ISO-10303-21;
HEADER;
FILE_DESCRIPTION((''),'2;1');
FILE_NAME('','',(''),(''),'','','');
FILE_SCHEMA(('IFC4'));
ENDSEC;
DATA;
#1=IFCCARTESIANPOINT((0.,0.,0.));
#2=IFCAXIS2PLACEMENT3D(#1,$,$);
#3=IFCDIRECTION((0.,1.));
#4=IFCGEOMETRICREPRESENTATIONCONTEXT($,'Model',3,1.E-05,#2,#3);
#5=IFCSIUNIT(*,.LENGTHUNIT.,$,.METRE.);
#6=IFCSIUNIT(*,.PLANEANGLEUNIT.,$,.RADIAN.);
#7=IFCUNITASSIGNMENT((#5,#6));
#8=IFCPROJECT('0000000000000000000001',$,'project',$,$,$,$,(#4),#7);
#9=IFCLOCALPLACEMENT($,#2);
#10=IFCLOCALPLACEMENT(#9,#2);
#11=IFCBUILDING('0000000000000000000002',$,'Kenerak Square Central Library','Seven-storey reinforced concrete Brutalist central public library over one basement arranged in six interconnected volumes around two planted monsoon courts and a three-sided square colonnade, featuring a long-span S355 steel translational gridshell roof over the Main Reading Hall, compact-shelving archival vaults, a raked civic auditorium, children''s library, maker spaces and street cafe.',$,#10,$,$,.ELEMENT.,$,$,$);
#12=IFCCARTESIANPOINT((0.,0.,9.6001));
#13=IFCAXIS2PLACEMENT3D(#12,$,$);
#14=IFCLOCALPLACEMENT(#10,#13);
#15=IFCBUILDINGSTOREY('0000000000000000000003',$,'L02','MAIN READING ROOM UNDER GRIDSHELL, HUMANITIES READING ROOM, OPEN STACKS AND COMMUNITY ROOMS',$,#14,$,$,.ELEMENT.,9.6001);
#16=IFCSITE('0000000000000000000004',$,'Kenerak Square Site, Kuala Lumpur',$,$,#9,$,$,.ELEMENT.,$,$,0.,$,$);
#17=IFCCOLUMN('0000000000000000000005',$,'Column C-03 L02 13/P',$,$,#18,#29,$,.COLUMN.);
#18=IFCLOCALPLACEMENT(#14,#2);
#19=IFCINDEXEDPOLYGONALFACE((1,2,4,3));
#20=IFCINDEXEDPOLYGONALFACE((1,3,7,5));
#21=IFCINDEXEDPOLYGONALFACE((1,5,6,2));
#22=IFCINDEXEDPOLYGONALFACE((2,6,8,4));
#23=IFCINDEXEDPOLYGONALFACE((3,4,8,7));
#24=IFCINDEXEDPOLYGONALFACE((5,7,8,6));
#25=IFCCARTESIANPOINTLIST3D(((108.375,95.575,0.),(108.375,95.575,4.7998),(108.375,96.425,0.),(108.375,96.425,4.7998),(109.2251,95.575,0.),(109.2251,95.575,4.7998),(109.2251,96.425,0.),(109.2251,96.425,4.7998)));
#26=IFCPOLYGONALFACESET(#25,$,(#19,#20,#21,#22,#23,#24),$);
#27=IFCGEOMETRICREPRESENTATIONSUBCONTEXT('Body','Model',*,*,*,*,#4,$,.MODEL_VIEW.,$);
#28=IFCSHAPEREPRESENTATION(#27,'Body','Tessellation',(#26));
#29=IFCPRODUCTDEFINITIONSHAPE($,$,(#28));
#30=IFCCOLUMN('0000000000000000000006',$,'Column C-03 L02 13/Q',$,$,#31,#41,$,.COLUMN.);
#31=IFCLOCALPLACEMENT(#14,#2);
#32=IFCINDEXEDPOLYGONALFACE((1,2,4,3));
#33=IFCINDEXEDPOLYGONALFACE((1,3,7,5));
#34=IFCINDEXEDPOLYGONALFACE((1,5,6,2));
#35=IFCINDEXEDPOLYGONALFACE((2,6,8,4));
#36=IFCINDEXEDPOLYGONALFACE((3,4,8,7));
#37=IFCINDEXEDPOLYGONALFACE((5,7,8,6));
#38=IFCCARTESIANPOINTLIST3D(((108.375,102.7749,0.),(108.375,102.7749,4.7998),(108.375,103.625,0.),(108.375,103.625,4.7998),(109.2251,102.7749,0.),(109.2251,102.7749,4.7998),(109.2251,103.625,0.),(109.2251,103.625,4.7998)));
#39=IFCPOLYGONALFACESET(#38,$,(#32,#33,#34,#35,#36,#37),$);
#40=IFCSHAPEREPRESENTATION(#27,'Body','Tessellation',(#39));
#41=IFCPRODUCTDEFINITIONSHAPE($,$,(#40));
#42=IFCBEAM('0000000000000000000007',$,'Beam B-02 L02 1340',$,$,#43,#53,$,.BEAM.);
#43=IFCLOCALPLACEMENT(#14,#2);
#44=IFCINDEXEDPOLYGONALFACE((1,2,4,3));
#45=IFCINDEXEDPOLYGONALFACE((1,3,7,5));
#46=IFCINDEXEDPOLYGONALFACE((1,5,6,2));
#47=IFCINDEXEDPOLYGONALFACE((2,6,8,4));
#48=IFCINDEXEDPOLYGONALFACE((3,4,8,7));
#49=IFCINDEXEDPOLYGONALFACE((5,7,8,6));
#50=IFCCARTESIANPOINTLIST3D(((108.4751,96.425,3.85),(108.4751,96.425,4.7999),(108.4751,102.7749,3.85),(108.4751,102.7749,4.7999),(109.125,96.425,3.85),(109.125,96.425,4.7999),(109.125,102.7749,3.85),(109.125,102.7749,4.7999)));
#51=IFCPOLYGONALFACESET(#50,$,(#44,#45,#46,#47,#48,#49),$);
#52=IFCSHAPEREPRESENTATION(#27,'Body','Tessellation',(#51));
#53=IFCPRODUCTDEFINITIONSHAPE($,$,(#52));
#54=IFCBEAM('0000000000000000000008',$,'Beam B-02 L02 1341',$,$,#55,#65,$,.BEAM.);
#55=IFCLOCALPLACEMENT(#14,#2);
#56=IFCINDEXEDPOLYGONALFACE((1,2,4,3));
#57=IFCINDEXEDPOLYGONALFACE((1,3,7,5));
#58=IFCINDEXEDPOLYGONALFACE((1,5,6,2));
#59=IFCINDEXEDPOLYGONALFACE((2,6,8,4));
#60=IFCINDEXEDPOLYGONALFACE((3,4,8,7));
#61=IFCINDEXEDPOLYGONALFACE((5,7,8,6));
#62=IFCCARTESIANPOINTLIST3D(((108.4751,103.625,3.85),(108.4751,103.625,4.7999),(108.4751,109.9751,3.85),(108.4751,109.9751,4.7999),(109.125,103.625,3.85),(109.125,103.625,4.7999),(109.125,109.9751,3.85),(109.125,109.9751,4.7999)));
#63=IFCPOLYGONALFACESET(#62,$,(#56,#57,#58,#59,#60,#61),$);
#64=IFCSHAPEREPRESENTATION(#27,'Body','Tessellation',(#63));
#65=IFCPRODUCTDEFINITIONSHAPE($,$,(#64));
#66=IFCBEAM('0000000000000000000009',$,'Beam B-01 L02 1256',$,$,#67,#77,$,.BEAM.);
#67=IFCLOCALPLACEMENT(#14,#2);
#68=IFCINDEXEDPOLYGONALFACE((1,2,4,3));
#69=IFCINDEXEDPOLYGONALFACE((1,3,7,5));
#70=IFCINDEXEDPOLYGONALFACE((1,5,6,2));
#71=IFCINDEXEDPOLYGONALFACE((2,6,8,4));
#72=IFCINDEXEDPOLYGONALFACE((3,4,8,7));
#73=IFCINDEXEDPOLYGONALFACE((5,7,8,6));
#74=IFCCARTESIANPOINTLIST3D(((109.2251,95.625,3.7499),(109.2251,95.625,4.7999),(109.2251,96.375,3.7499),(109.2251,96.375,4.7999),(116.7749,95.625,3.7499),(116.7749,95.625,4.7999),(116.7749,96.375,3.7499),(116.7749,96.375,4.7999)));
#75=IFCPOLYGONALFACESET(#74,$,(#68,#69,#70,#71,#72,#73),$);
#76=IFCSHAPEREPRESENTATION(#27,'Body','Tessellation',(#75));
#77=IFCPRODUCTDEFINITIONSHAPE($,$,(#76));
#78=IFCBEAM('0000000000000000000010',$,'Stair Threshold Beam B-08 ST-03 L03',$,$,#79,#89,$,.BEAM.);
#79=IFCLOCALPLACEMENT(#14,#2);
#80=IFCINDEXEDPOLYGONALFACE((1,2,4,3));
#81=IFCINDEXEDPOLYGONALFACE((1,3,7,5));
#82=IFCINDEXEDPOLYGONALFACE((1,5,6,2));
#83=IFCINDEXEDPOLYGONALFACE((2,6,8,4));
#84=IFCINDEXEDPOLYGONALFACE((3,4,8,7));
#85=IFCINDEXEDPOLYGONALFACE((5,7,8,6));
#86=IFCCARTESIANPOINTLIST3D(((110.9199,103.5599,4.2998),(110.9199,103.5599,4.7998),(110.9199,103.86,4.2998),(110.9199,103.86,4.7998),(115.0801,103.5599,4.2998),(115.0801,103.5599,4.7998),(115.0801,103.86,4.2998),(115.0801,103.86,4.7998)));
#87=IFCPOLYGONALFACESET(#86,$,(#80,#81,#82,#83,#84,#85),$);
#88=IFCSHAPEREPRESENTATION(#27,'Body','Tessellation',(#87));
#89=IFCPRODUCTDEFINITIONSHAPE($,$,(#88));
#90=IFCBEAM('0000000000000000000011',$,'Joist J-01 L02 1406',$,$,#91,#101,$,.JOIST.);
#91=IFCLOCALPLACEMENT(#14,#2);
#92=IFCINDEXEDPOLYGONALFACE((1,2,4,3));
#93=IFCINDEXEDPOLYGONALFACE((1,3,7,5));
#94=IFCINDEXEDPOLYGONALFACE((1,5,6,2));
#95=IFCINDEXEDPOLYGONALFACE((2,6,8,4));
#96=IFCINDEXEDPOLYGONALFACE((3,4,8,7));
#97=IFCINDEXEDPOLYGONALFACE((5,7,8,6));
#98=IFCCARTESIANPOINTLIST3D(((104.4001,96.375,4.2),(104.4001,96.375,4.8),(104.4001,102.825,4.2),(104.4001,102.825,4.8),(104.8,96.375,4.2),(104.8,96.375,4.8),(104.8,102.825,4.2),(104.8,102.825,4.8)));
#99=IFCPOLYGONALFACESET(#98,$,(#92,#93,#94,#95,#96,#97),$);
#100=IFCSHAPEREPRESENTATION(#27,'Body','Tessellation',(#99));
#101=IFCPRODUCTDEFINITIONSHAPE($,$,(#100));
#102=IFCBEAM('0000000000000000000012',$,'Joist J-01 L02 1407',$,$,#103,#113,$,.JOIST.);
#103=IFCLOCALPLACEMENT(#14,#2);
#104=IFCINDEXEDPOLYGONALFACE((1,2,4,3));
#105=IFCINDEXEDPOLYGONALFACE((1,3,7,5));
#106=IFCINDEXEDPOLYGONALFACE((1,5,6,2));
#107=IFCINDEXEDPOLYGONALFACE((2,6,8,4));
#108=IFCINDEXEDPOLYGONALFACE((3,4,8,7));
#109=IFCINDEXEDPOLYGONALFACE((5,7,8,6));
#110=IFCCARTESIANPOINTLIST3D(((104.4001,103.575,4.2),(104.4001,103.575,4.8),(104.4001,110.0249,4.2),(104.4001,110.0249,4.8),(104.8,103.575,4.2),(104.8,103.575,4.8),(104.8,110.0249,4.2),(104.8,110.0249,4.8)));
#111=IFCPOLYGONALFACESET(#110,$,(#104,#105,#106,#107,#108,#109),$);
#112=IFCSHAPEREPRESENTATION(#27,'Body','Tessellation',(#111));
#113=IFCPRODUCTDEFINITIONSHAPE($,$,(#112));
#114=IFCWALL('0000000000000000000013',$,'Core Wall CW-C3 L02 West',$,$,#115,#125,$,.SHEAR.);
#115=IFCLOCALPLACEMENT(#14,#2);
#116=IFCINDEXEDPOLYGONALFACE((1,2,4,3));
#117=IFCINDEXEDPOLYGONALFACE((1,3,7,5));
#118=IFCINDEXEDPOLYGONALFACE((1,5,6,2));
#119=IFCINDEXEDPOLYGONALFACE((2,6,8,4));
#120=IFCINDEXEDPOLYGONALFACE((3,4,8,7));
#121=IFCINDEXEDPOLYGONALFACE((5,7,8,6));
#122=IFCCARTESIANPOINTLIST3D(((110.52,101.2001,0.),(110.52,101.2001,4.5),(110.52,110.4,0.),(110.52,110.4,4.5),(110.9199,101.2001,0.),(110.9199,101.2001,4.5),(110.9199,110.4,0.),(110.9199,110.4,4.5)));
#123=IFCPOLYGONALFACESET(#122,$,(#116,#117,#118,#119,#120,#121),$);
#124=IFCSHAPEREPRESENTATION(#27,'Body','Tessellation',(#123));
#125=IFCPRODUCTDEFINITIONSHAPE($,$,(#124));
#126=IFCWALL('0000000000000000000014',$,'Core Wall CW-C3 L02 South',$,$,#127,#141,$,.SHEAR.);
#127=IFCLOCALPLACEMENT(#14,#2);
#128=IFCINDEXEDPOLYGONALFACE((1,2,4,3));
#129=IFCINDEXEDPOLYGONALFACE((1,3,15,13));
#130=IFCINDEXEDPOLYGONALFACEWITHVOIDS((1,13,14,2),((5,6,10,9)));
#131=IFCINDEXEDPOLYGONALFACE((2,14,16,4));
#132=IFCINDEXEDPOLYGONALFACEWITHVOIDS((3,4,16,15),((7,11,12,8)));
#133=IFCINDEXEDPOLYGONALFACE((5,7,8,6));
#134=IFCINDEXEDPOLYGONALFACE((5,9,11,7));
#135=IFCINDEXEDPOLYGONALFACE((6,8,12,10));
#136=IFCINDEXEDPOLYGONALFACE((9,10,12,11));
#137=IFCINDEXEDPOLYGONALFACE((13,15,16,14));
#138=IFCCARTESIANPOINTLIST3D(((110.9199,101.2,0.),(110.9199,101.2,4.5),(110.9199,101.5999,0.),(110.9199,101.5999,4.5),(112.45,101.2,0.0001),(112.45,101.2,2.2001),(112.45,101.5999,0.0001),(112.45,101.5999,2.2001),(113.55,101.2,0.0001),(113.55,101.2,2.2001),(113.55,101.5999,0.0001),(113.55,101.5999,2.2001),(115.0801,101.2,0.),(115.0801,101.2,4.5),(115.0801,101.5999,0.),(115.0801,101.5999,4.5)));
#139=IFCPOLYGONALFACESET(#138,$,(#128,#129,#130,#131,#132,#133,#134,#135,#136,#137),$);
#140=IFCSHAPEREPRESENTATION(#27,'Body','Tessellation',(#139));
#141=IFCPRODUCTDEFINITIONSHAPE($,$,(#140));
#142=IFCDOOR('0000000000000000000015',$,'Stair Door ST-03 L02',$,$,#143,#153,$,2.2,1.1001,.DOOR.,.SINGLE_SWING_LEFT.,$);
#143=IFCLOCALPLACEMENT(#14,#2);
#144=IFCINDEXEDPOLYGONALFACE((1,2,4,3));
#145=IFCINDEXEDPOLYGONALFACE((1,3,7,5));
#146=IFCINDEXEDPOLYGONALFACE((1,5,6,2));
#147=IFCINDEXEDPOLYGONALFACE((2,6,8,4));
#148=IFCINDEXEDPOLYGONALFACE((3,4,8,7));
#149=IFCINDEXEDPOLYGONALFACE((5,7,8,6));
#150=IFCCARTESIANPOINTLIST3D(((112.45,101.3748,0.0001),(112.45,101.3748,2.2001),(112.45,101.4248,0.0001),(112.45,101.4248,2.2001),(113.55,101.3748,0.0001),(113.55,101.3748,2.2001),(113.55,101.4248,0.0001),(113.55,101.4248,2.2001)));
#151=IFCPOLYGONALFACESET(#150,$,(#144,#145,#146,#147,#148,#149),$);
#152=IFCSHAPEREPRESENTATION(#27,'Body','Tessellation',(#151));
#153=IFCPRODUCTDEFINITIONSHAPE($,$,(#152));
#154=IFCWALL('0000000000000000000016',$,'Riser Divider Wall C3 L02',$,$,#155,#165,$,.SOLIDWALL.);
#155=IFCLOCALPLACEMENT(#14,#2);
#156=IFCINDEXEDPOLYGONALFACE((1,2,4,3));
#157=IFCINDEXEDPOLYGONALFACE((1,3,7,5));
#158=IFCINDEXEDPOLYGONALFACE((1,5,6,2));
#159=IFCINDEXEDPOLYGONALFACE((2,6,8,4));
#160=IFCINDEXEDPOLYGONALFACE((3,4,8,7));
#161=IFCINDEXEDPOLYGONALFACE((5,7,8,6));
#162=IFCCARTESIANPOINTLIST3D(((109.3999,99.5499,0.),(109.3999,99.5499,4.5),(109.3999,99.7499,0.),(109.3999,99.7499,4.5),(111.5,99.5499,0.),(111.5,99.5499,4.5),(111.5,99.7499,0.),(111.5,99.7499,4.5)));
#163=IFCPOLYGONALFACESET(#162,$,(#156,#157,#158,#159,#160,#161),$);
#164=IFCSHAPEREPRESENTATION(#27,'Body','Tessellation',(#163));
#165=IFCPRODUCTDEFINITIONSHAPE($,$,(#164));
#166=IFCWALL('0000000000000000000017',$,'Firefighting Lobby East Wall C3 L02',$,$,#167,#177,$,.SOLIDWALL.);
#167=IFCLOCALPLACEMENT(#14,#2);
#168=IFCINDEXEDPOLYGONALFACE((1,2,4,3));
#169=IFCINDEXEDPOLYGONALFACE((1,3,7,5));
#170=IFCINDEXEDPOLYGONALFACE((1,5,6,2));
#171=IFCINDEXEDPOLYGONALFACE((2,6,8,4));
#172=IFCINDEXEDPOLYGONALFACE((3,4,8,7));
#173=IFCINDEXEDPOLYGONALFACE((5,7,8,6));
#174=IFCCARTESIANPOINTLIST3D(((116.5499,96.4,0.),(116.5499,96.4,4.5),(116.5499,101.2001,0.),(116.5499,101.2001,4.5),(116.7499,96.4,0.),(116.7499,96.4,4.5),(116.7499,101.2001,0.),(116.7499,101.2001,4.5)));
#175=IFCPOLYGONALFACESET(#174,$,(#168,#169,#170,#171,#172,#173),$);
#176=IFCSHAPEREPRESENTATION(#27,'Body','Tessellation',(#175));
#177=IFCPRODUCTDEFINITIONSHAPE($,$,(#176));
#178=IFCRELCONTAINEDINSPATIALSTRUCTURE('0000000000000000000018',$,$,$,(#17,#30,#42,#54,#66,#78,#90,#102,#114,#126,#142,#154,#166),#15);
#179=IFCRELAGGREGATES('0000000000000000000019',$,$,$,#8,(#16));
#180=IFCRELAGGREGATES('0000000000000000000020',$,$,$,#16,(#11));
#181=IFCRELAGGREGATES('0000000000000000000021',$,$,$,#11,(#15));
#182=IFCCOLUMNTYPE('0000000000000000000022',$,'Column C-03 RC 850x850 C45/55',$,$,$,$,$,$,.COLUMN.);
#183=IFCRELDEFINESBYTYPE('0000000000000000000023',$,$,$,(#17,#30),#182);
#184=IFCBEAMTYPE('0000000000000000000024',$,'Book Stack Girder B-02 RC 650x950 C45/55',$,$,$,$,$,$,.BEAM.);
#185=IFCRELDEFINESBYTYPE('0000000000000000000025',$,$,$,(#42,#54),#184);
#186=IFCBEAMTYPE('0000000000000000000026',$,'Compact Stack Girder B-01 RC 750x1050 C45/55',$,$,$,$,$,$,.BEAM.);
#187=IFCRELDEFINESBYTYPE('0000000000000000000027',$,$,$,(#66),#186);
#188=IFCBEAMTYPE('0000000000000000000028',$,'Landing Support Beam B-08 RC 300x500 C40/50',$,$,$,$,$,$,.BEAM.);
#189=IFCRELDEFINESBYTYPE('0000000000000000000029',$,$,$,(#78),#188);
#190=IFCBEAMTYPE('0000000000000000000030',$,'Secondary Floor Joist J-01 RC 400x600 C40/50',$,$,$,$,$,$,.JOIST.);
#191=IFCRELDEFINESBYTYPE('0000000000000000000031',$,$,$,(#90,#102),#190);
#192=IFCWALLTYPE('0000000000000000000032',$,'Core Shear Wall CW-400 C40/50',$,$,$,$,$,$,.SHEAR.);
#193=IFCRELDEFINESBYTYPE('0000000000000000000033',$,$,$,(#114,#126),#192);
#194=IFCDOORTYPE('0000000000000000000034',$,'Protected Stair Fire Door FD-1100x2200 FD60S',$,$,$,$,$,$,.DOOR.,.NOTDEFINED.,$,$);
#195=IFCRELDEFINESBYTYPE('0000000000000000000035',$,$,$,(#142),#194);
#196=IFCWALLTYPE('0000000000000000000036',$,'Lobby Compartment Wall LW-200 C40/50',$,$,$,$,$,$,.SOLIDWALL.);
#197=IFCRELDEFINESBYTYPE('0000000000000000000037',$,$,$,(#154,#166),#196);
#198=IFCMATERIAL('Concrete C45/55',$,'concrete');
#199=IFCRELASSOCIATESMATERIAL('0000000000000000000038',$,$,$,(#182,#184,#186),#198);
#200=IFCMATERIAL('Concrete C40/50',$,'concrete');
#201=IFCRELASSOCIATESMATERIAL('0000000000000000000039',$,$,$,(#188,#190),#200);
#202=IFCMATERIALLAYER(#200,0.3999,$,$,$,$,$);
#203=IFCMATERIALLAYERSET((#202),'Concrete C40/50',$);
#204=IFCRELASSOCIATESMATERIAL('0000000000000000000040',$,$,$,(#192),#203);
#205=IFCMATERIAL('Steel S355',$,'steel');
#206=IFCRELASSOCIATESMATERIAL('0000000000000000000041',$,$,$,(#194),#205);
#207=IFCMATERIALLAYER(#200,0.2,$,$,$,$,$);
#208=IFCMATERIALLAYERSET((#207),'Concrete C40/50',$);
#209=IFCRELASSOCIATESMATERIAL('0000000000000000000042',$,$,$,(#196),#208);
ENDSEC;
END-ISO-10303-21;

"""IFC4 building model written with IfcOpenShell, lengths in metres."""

from ifc_helpers import new_model, si_unit, direction, frame, frame_2d, origin, origin_2d, place, context, subcontext, project, spatial, rectangle, extrude, material, layer, layer_set, material_profile, profile_set, type_object, element, fill, save


model = new_model("IFC4")

# Units and contexts
model_context = context("Model", 3, precision=1e-05, world=origin(), true_north=direction((0.0, 1.0)))
body_context = subcontext(model_context, "Body", "Model", "MODEL_VIEW")
ifc_project = project(units=[si_unit("LENGTHUNIT", "METRE"), si_unit("PLANEANGLEUNIT", "RADIAN")], contexts=[model_context])

# Site, building, storey
site_placement = place(None, origin())
site = spatial("IfcSite", under=ifc_project, at=site_placement, Name="Kenerak Square Site, Kuala Lumpur", CompositionType="ELEMENT", RefElevation=0.0)
building_placement = place(site_placement, origin())
building = spatial("IfcBuilding", under=site, at=building_placement, Name="Kenerak Square Central Library", Description="Seven-storey reinforced concrete Brutalist central public library over one basement arranged in six interconnected volumes around two planted monsoon courts and a three-sided square colonnade, featuring a long-span S355 steel translational gridshell roof over the Main Reading Hall, compact-shelving archival vaults, a raked civic auditorium, children's library, maker spaces and street cafe.", CompositionType="ELEMENT")
storey_placement = place(building_placement, frame((0.0, 0.0, 9.6001)))
storey = spatial("IfcBuildingStorey", under=building, at=storey_placement, Name="L02", Description="MAIN READING ROOM UNDER GRIDSHELL, HUMANITIES READING ROOM, OPEN STACKS AND COMMUNITY ROOMS", CompositionType="ELEMENT", Elevation=9.6001)

# Columns
ifc_material_1 = material(Name="Concrete C45/55", Category="concrete")
ifc_material_profile_1 = material_profile(ifc_material_1, rectangle(XDim=0.8501, YDim=0.8501, at=origin_2d()), Name="RC 850x850")
ifc_profile_set_1 = profile_set([ifc_material_profile_1], Name="Concrete C45/55")
column_type = type_object("IfcColumnType", Name="Column C-03 RC 850x850 C45/55", PredefinedType="COLUMN", material=ifc_profile_set_1)
for number, where, z_axis, x_axis, name in (
    (1, (108.8, 96.0, 0.0), (0.0, 0.0, 1.0), (1.0, 0.0, 0.0), "Column C-03 L02 13/P"),
    (2, (108.8, 103.2, 0.0), (0.0, 0.0, 1.0), (1.0, 0.0, 0.0), "Column C-03 L02 13/Q"),
):
    element("IfcColumn", number, at=place(storey_placement, frame(where, z_axis=z_axis, x_axis=x_axis)), inside=storey, type_object=column_type, Name=name, PredefinedType="COLUMN", context=body_context, shape_type="SweptSolid", body=[
        extrude(rectangle(XDim=0.8501, YDim=0.8501, at=origin_2d()), origin(), (0.0, 0.0, 1.0), 4.7998),
    ])

# Beams
ifc_material_profile_2 = material_profile(ifc_material_1, rectangle(XDim=0.6499, YDim=0.95, at=origin_2d()), Name="RC 650x950")
ifc_profile_set_2 = profile_set([ifc_material_profile_2], Name="Concrete C45/55")
beam_type_1 = type_object("IfcBeamType", Name="Book Stack Girder B-02 RC 650x950 C45/55", PredefinedType="BEAM", material=ifc_profile_set_2)
beam_1_placement = place(storey_placement, frame((108.8, 96.425, 4.325), z_axis=(0.0, 1.0, 0.0), x_axis=(-1.0, 0.0, 0.0)))
element("IfcBeam", 3, at=beam_1_placement, inside=storey, type_object=beam_type_1, Name="Beam B-02 L02 1340", PredefinedType="BEAM", context=body_context, shape_type="SweptSolid", body=[
    extrude(rectangle(XDim=0.6499, YDim=0.95, at=origin_2d()), origin(), (0.0, 0.0, 1.0), 6.3499),
])
beam_2_placement = place(storey_placement, frame((108.8, 103.625, 4.325), z_axis=(0.0, 1.0, 0.0), x_axis=(-1.0, 0.0, 0.0)))
element("IfcBeam", 4, at=beam_2_placement, inside=storey, type_object=beam_type_1, Name="Beam B-02 L02 1341", PredefinedType="BEAM", context=body_context, shape_type="SweptSolid", body=[
    extrude(rectangle(XDim=0.6499, YDim=0.95, at=origin_2d()), origin(), (0.0, 0.0, 1.0), 6.3501),
])
ifc_material_profile_3 = material_profile(ifc_material_1, rectangle(XDim=0.75, YDim=1.05, at=origin_2d()), Name="RC 750x1050")
ifc_profile_set_3 = profile_set([ifc_material_profile_3], Name="Concrete C45/55")
beam_type_2 = type_object("IfcBeamType", Name="Compact Stack Girder B-01 RC 750x1050 C45/55", PredefinedType="BEAM", material=ifc_profile_set_3)
beam_3_placement = place(storey_placement, frame((109.2251, 96.0, 4.2749), z_axis=(1.0, 0.0, 0.0), x_axis=(0.0, 1.0, 0.0)))
element("IfcBeam", 5, at=beam_3_placement, inside=storey, type_object=beam_type_2, Name="Beam B-01 L02 1256", PredefinedType="BEAM", context=body_context, shape_type="SweptSolid", body=[
    extrude(rectangle(XDim=0.75, YDim=1.05, at=origin_2d()), origin(), (0.0, 0.0, 1.0), 7.5498),
])
ifc_material_2 = material(Name="Concrete C40/50", Category="concrete")
ifc_material_profile_4 = material_profile(ifc_material_2, rectangle(XDim=0.3, YDim=0.5, at=origin_2d()), Name="RC 300x500")
ifc_profile_set_4 = profile_set([ifc_material_profile_4], Name="Concrete C40/50")
beam_type_3 = type_object("IfcBeamType", Name="Landing Support Beam B-08 RC 300x500 C40/50", PredefinedType="BEAM", material=ifc_profile_set_4)
beam_4_placement = place(storey_placement, frame((110.9199, 103.71, 4.5498), z_axis=(1.0, 0.0, 0.0), x_axis=(0.0, 1.0, 0.0)))
element("IfcBeam", 6, at=beam_4_placement, inside=storey, type_object=beam_type_3, Name="Stair Threshold Beam B-08 ST-03 L03", PredefinedType="BEAM", context=body_context, shape_type="SweptSolid", body=[
    extrude(rectangle(XDim=0.3, YDim=0.5, at=origin_2d()), origin(), (0.0, 0.0, 1.0), 4.1602),
])
ifc_material_profile_5 = material_profile(ifc_material_2, rectangle(XDim=0.3999, YDim=0.6001, at=origin_2d()), Name="RC 400x600")
ifc_profile_set_5 = profile_set([ifc_material_profile_5], Name="Concrete C40/50")
beam_type_4 = type_object("IfcBeamType", Name="Secondary Floor Joist J-01 RC 400x600 C40/50", PredefinedType="JOIST", material=ifc_profile_set_5)
for number, where, z_axis, x_axis, name in (
    (7, (104.6001, 96.375, 4.5), (0.0, 1.0, 0.0), (-1.0, 0.0, 0.0), "Joist J-01 L02 1406"),
    (8, (104.6001, 103.575, 4.5), (0.0, 1.0, 0.0), (-1.0, 0.0, 0.0), "Joist J-01 L02 1407"),
):
    element("IfcBeam", number, at=place(storey_placement, frame(where, z_axis=z_axis, x_axis=x_axis)), inside=storey, type_object=beam_type_4, Name=name, PredefinedType="JOIST", context=body_context, shape_type="SweptSolid", body=[
        extrude(rectangle(XDim=0.3999, YDim=0.6001, at=origin_2d()), origin(), (0.0, 0.0, 1.0), 6.45),
    ])

# Wall
ifc_layer_1 = layer(ifc_material_2, 0.3999)
ifc_layer_set_1 = layer_set([ifc_layer_1], Name="Concrete C40/50")
wall_type_1 = type_object("IfcWallType", Name="Core Shear Wall CW-400 C40/50", PredefinedType="SHEAR", material=ifc_layer_set_1)
wall_1_placement = place(storey_placement, frame((110.72, 101.2, 0.0), z_axis=(0.0, 0.0, 1.0), x_axis=(0.0, 1.0, 0.0)))
element("IfcWall", 9, at=wall_1_placement, inside=storey, type_object=wall_type_1, Name="Core Wall CW-C3 L02 West", PredefinedType="SHEAR", context=body_context, shape_type="SweptSolid", body=[
    extrude(rectangle(XDim=9.2, YDim=0.3999, at=frame_2d((4.6001, 0.0))), origin(), (0.0, 0.0, 1.0), 4.5),
])

# Wall, opening, door
wall_2_placement = place(storey_placement, frame((115.0801, 101.3999, 0.0), z_axis=(0.0, 0.0, 1.0), x_axis=(-1.0, 0.0, 0.0)))
wall_2 = element("IfcWall", 10, at=wall_2_placement, inside=storey, type_object=wall_type_1, Name="Core Wall CW-C3 L02 South", PredefinedType="SHEAR", context=body_context, shape_type="SweptSolid", body=[
    extrude(rectangle(XDim=4.1602, YDim=0.3999, at=frame_2d((2.0801, 0.0))), origin(), (0.0, 0.0, 1.0), 4.5),
])
opening_1_placement = place(wall_2_placement, frame((1.53, 0.0, 0.0)))
opening_1 = element("IfcOpeningElement", 11, at=opening_1_placement, cuts=wall_2, PredefinedType="OPENING", context=body_context, shape_type="SweptSolid", body=[
    extrude(rectangle(XDim=1.1001, YDim=2.2, at=frame_2d((0.55, 1.1001))), frame((0.0, 0.21, 0.0), z_axis=(0.0, -1.0, 0.0), x_axis=(1.0, 0.0, 0.0)), (0.0, 0.0, 1.0), 0.4199),
])
ifc_material_3 = material(Name="Steel S355", Category="steel")
door_type_1 = type_object("IfcDoorType", Name="Protected Stair Fire Door FD-1100x2200 FD60S", OperationType="NOTDEFINED", PredefinedType="DOOR", material=ifc_material_3)
door_1_placement = place(opening_1_placement, frame((1.1001, 0.0, 0.0), z_axis=(0.0, 0.0, 1.0), x_axis=(-1.0, 0.0, 0.0)))
door_1 = element("IfcDoor", 12, at=door_1_placement, inside=storey, type_object=door_type_1, Name="Stair Door ST-03 L02", OperationType="SINGLE_SWING_LEFT", OverallHeight=2.2, OverallWidth=1.1001, PredefinedType="DOOR", context=body_context, shape_type="SweptSolid", body=[
    extrude(rectangle(XDim=1.1001, YDim=2.2, at=frame_2d((0.55, 1.1001))), frame((0.0, 0.0249, 0.0), z_axis=(0.0, -1.0, 0.0), x_axis=(1.0, 0.0, 0.0)), (0.0, 0.0, 1.0), 0.05),
])
fill(opening_1, door_1)

# Walls
ifc_layer_2 = layer(ifc_material_2, 0.2)
ifc_layer_set_2 = layer_set([ifc_layer_2], Name="Concrete C40/50")
wall_type_2 = type_object("IfcWallType", Name="Lobby Compartment Wall LW-200 C40/50", PredefinedType="SOLIDWALL", material=ifc_layer_set_2)
wall_3_placement = place(storey_placement, frame((109.3999, 99.6499, 0.0), z_axis=(0.0, 0.0, 1.0), x_axis=(1.0, 0.0, 0.0)))
element("IfcWall", 13, at=wall_3_placement, inside=storey, type_object=wall_type_2, Name="Riser Divider Wall C3 L02", PredefinedType="SOLIDWALL", context=body_context, shape_type="SweptSolid", body=[
    extrude(rectangle(XDim=2.1001, YDim=0.2, at=frame_2d((1.05, 0.0))), origin(), (0.0, 0.0, 1.0), 4.5),
])
wall_4_placement = place(storey_placement, frame((116.6499, 101.2, 0.0), z_axis=(0.0, 0.0, 1.0), x_axis=(0.0, -1.0, 0.0)))
element("IfcWall", 14, at=wall_4_placement, inside=storey, type_object=wall_type_2, Name="Firefighting Lobby East Wall C3 L02", PredefinedType="SOLIDWALL", context=body_context, shape_type="SweptSolid", body=[
    extrude(rectangle(XDim=4.8, YDim=0.2, at=frame_2d((2.3999, 0.0))), origin(), (0.0, 0.0, 1.0), 4.5),
])

save(model, "model.ifc")
